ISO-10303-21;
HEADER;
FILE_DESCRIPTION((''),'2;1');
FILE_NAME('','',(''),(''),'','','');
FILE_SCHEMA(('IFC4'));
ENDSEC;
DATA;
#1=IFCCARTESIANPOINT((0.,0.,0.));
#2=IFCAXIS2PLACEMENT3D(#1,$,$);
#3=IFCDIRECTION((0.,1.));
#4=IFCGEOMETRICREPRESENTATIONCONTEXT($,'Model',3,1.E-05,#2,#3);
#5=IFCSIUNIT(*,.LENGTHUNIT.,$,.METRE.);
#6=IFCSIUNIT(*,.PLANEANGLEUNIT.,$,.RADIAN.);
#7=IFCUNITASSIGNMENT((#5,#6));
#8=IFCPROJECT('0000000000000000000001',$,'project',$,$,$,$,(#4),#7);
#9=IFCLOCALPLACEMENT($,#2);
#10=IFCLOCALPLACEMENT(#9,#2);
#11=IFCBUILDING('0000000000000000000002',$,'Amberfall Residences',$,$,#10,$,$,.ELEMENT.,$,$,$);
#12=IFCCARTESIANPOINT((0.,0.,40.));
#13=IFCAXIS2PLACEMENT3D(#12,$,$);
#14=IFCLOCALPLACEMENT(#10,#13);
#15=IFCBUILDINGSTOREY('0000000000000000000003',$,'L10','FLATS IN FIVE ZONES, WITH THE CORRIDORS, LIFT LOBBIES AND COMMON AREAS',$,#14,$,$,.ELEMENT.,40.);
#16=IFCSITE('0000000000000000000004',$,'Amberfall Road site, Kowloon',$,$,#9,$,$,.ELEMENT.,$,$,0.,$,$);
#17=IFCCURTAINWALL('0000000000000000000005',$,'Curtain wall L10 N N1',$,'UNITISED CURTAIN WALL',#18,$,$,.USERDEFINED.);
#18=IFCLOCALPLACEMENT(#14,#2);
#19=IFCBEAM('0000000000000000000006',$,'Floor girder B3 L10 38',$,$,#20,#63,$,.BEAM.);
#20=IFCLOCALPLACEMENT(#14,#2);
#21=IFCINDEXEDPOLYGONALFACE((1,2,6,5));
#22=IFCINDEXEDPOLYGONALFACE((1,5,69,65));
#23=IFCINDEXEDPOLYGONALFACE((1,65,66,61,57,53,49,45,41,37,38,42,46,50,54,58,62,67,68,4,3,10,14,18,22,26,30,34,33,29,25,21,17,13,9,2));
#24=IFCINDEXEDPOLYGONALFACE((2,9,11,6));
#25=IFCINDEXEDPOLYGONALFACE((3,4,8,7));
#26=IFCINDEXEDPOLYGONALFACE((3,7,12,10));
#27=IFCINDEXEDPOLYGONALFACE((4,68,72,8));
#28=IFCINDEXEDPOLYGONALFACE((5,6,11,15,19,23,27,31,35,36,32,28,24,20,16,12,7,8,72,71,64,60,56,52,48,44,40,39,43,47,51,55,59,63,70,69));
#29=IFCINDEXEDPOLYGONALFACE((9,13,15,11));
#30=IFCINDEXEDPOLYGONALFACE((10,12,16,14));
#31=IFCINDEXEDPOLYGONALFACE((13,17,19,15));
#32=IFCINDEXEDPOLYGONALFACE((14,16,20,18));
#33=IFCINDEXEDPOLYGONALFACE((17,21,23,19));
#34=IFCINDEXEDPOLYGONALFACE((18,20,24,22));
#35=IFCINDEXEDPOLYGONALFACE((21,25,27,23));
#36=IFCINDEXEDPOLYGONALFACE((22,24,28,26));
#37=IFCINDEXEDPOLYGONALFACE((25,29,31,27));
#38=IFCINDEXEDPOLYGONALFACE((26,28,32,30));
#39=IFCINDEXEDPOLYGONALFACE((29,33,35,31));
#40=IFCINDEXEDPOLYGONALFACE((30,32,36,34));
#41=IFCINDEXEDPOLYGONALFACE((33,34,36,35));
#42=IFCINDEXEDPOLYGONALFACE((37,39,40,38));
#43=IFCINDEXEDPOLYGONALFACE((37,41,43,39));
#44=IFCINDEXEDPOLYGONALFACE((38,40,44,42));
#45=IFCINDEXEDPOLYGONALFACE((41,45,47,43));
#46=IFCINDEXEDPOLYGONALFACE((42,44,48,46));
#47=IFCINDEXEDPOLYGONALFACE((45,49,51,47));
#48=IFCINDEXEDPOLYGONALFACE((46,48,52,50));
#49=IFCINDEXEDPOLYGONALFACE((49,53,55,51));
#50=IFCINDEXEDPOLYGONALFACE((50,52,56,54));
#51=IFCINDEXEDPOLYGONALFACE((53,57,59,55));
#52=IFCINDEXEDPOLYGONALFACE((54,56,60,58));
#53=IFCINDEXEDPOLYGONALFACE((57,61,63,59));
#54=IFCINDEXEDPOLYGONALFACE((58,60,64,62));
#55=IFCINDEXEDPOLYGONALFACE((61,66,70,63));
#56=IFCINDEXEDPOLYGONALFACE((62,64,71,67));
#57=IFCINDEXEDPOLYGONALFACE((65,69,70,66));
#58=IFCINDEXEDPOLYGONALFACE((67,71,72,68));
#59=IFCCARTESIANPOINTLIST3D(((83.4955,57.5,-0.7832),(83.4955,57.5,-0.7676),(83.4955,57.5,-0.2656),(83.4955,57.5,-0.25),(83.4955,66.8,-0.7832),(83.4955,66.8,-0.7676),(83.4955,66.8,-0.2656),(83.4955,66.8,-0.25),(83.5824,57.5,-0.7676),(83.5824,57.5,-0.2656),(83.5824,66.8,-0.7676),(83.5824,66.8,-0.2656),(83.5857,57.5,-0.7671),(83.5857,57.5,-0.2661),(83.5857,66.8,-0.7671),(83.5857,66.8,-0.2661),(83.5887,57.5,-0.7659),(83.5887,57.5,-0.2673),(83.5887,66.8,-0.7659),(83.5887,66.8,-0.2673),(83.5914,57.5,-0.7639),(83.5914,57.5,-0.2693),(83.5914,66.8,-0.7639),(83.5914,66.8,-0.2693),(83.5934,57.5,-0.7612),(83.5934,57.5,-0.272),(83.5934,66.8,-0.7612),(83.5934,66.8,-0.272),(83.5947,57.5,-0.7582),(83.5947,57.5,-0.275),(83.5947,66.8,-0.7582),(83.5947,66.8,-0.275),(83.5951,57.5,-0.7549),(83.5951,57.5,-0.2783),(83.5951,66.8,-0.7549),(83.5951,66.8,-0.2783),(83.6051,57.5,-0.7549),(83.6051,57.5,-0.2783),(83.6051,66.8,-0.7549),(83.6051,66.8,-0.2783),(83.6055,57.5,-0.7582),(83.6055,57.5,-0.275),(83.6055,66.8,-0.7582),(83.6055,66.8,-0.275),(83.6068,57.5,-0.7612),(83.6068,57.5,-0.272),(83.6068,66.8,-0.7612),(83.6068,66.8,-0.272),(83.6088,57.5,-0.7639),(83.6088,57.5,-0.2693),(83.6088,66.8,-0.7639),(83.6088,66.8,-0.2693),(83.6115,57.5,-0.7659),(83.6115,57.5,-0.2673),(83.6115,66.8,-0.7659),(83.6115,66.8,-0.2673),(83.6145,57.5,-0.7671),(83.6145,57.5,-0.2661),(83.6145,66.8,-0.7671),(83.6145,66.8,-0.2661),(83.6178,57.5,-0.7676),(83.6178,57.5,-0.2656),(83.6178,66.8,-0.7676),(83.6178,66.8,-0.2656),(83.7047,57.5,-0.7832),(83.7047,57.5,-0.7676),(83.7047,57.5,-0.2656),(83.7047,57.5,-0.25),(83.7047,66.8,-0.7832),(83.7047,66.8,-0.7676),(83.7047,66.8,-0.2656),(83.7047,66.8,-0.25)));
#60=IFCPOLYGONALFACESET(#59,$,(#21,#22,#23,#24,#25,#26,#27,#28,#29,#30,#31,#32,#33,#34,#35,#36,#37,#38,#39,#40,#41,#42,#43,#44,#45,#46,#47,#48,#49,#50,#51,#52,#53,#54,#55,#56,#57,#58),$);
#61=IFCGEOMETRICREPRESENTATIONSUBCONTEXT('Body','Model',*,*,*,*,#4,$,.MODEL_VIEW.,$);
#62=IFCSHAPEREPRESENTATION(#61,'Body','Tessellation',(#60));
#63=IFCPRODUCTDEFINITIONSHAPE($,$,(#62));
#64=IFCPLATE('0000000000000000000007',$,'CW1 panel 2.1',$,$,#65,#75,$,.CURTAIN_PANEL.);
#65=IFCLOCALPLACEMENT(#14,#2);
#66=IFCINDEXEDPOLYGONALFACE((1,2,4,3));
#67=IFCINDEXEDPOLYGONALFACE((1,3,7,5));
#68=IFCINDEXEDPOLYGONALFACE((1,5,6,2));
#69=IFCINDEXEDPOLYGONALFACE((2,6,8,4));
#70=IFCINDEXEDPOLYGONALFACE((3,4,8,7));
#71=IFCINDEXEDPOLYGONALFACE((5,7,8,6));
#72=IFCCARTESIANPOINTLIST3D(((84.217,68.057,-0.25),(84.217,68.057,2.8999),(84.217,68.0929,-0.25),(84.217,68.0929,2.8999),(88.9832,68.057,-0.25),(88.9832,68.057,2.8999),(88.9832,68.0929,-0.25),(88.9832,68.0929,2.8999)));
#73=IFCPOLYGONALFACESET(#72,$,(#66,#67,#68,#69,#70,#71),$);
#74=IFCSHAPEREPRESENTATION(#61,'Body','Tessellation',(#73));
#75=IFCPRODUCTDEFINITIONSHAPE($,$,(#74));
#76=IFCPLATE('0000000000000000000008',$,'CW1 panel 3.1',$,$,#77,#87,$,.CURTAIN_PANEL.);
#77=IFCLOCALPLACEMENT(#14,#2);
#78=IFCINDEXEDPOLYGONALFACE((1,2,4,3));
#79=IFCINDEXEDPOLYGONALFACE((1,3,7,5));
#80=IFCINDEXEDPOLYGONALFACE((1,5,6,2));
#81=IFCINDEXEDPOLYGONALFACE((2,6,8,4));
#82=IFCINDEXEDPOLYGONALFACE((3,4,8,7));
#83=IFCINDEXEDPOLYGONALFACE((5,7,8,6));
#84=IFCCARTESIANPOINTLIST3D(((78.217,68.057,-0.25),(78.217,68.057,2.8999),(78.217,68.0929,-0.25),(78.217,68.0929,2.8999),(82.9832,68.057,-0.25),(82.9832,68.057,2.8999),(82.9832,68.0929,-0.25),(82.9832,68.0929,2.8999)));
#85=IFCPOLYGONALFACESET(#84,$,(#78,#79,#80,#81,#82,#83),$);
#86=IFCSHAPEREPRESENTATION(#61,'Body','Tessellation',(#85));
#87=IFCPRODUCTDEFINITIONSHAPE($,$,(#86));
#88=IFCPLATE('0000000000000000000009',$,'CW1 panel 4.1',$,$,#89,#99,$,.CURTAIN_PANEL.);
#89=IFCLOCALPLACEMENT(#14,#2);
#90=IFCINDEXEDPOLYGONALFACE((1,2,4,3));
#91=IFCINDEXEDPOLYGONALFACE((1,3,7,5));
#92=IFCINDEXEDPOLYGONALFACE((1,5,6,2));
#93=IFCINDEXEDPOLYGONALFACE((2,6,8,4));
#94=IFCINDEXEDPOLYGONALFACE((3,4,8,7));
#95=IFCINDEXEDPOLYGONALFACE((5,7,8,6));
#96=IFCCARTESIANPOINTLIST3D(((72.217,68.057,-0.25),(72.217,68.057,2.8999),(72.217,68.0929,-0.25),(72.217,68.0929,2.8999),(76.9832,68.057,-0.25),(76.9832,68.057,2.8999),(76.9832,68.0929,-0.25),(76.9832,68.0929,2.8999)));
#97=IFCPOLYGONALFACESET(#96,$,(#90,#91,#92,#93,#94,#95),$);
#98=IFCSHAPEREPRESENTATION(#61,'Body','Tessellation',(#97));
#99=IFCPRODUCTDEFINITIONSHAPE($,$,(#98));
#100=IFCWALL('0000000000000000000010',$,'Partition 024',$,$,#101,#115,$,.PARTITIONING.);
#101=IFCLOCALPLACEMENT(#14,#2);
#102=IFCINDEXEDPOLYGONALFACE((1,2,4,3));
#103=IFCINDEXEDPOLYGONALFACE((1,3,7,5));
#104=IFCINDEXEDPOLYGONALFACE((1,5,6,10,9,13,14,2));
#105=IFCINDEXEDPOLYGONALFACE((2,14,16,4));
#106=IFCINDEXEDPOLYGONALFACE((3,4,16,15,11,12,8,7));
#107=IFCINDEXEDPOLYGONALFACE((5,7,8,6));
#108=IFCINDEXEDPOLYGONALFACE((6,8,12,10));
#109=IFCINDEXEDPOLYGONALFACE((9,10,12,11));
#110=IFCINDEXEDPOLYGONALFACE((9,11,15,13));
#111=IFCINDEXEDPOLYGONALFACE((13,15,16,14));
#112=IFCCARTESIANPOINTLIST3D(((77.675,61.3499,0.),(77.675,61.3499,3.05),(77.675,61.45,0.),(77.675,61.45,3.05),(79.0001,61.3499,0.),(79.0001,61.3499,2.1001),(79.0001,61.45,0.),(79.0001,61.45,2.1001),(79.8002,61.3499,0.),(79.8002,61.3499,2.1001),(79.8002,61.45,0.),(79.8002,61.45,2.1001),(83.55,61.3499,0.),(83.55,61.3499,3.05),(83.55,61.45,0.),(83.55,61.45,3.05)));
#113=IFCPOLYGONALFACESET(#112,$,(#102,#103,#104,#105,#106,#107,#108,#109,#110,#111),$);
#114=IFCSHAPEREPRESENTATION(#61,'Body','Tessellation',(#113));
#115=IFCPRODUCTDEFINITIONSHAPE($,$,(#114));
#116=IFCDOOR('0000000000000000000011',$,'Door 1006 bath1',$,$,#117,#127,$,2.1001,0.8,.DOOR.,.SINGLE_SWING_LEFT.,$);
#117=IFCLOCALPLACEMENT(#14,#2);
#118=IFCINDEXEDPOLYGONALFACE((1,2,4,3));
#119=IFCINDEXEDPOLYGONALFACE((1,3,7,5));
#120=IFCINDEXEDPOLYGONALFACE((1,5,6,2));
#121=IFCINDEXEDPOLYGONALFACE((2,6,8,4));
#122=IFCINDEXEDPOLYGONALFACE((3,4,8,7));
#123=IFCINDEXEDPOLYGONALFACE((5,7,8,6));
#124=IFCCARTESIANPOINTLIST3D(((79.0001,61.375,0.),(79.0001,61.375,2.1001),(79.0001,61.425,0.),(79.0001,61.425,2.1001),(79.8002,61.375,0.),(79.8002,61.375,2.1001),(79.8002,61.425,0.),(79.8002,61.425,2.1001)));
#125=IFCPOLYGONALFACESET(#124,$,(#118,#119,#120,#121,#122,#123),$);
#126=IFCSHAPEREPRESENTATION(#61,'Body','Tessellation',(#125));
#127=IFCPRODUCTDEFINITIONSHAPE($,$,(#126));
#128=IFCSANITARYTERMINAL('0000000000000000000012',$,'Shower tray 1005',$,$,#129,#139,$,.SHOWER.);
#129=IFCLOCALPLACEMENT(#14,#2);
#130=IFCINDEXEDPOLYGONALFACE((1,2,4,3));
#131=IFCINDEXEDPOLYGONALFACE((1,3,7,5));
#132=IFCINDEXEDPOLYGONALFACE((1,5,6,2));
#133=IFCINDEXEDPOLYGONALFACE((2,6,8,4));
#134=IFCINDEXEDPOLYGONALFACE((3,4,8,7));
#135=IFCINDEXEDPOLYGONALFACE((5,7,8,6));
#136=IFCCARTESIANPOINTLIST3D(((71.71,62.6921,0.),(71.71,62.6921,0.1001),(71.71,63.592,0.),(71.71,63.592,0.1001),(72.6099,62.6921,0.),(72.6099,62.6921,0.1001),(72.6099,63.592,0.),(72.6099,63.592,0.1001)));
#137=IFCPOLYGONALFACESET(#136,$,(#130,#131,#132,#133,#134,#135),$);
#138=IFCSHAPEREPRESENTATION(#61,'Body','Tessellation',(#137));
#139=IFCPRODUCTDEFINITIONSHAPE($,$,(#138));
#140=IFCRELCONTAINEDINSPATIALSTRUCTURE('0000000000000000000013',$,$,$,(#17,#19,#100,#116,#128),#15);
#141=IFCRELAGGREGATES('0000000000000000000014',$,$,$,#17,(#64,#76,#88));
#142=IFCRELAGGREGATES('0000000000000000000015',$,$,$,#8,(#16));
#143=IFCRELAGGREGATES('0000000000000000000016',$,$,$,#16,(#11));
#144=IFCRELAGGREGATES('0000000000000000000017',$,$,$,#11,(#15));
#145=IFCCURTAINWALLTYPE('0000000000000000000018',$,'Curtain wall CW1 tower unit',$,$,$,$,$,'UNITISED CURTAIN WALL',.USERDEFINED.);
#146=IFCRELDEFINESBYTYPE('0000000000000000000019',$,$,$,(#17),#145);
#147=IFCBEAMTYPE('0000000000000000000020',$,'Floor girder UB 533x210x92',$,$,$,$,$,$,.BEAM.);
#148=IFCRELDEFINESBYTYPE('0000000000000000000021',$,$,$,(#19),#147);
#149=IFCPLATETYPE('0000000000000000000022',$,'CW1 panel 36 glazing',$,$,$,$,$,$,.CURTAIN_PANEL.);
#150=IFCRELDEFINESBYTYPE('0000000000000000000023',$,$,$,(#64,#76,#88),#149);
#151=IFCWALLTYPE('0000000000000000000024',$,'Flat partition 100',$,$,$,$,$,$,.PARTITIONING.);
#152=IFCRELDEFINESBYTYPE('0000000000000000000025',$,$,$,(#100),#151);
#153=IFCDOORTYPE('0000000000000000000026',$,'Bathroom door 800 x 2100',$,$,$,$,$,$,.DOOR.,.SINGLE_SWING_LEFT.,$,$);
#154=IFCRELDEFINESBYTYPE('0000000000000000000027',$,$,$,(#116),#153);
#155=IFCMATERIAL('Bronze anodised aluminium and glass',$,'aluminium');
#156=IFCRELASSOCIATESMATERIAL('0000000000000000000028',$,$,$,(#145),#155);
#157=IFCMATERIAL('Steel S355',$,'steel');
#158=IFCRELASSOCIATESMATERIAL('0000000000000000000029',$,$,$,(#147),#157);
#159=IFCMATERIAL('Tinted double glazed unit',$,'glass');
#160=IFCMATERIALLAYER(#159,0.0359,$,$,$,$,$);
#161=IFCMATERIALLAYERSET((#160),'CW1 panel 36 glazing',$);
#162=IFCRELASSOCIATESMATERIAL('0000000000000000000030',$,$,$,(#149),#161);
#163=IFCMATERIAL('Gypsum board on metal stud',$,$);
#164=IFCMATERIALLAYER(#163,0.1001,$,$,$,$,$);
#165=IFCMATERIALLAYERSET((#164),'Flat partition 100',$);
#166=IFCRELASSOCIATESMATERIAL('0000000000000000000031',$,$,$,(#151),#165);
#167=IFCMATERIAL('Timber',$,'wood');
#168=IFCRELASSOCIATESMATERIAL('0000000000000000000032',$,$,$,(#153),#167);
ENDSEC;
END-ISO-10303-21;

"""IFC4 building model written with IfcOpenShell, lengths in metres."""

from ifc_helpers import new_model, si_unit, direction, frame, frame_2d, origin, origin_2d, place, context, subcontext, project, spatial, rectangle, i_section, extrude, material, layer, layer_set, material_profile, profile_set, type_object, element, fill, aggregate, save


model = new_model("IFC4")

# Units and contexts
model_context = context("Model", 3, precision=1e-05, world=origin(), true_north=direction((0.0, 1.0)))
body_context = subcontext(model_context, "Body", "Model", "MODEL_VIEW")
ifc_project = project(units=[si_unit("LENGTHUNIT", "METRE"), si_unit("PLANEANGLEUNIT", "RADIAN")], contexts=[model_context])

# Site, building, storey
site_placement = place(None, origin())
site = spatial("IfcSite", under=ifc_project, at=site_placement, Name="Amberfall Road site, Kowloon", CompositionType="ELEMENT", RefElevation=0.0)
building_placement = place(site_placement, origin())
building = spatial("IfcBuilding", under=site, at=building_placement, Name="Amberfall Residences", CompositionType="ELEMENT")
storey_placement = place(building_placement, frame((0.0, 0.0, 40.0)))
storey = spatial("IfcBuildingStorey", under=building, at=storey_placement, Name="L10", Description="FLATS IN FIVE ZONES, WITH THE CORRIDORS, LIFT LOBBIES AND COMMON AREAS", CompositionType="ELEMENT", Elevation=40.0)

# Curtain wall
ifc_material_1 = material(Name="Bronze anodised aluminium and glass", Category="aluminium")
curtain_wall_type = type_object("IfcCurtainWallType", Name="Curtain wall CW1 tower unit", ElementType="UNITISED CURTAIN WALL", PredefinedType="USERDEFINED", material=ifc_material_1)
curtain_wall_placement = place(storey_placement, origin())
curtain_wall = element("IfcCurtainWall", 1, at=curtain_wall_placement, inside=storey, type_object=curtain_wall_type, Name="Curtain wall L10 N N1", ObjectType="UNITISED CURTAIN WALL", PredefinedType="USERDEFINED")

# Shared definitions
ifc_material_2 = material(Name="Steel S355", Category="steel")

# Beam
ifc_material_profile_1 = material_profile(ifc_material_2, i_section(OverallWidth=0.2092, OverallDepth=0.5332, WebThickness=0.01, FlangeThickness=0.0156, FilletRadius=0.0127, at=origin_2d()), Name="UB 533x210x92")
ifc_profile_set_1 = profile_set([ifc_material_profile_1], Name="Steel S355")
beam_type_1 = type_object("IfcBeamType", Name="Floor girder UB 533x210x92", PredefinedType="BEAM", material=ifc_profile_set_1)
for number, where, z_axis, x_axis, name in (
    (2, (83.6001, 66.8, -0.5166), (0.0, -1.0, 0.0), (1.0, 0.0, 0.0), "Floor girder B3 L10 38"),
):
    element("IfcBeam", number, at=place(storey_placement, frame(where, z_axis=z_axis, x_axis=x_axis)), inside=storey, type_object=beam_type_1, Name=name, PredefinedType="BEAM", context=body_context, shape_type="SweptSolid", body=[
        extrude(i_section(OverallWidth=0.2092, OverallDepth=0.5332, WebThickness=0.01, FlangeThickness=0.0156, FilletRadius=0.0127, at=origin_2d()), origin(), (0.0, 0.0, 1.0), 9.3),
    ])

# Plates
ifc_material_3 = material(Name="Tinted double glazed unit", Category="glass")
ifc_layer_1 = layer(ifc_material_3, 0.0359)
ifc_layer_set_1 = layer_set([ifc_layer_1], Name="CW1 panel 36 glazing")
plate_type = type_object("IfcPlateType", Name="CW1 panel 36 glazing", PredefinedType="CURTAIN_PANEL", material=ifc_layer_set_1)
plate_1_placement = place(storey_placement, frame((86.6001, 68.075, -0.25), z_axis=(0.0, 0.0, 1.0), x_axis=(-1.0, 0.0, 0.0)))
plate_1 = element("IfcPlate", 3, at=plate_1_placement, type_object=plate_type, Name="CW1 panel 2.1", PredefinedType="CURTAIN_PANEL", context=body_context, shape_type="SweptSolid", body=[
    extrude(rectangle(XDim=4.7661, YDim=0.0359, at=origin_2d()), origin(), (0.0, 0.0, 1.0), 3.1499),
])
plate_2_placement = place(storey_placement, frame((80.6001, 68.075, -0.25), z_axis=(0.0, 0.0, 1.0), x_axis=(-1.0, 0.0, 0.0)))
plate_2 = element("IfcPlate", 4, at=plate_2_placement, type_object=plate_type, Name="CW1 panel 3.1", PredefinedType="CURTAIN_PANEL", context=body_context, shape_type="SweptSolid", body=[
    extrude(rectangle(XDim=4.7661, YDim=0.0359, at=origin_2d()), origin(), (0.0, 0.0, 1.0), 3.1499),
])
plate_3_placement = place(storey_placement, frame((74.6001, 68.075, -0.25), z_axis=(0.0, 0.0, 1.0), x_axis=(-1.0, 0.0, 0.0)))
plate_3 = element("IfcPlate", 5, at=plate_3_placement, type_object=plate_type, Name="CW1 panel 4.1", PredefinedType="CURTAIN_PANEL", context=body_context, shape_type="SweptSolid", body=[
    extrude(rectangle(XDim=4.7661, YDim=0.0359, at=origin_2d()), origin(), (0.0, 0.0, 1.0), 3.1499),
])
aggregate(curtain_wall, [plate_1, plate_2, plate_3])

# Wall, opening, door
ifc_material_4 = material(Name="Gypsum board on metal stud")
ifc_layer_2 = layer(ifc_material_4, 0.1001)
ifc_layer_set_2 = layer_set([ifc_layer_2], Name="Flat partition 100")
wall_type = type_object("IfcWallType", Name="Flat partition 100", PredefinedType="PARTITIONING", material=ifc_layer_set_2)
wall_placement = place(storey_placement, frame((83.55, 61.3999, 0.0), z_axis=(0.0, 0.0, 1.0), x_axis=(-1.0, 0.0, 0.0)))
wall = element("IfcWall", 6, at=wall_placement, inside=storey, type_object=wall_type, Name="Partition 024", PredefinedType="PARTITIONING", context=body_context, shape_type="SweptSolid", body=[
    extrude(rectangle(XDim=5.875, YDim=0.1001, at=frame_2d((2.9375, 0.0))), origin(), (0.0, 0.0, 1.0), 3.05),
])
opening_placement = place(wall_placement, frame((3.75, 0.0, 0.0)))
opening = element("IfcOpeningElement", 7, at=opening_placement, cuts=wall, PredefinedType="OPENING", context=body_context, shape_type="SweptSolid", body=[
    extrude(rectangle(XDim=0.8, YDim=2.1001, at=frame_2d((0.3999, 1.05))), frame((0.0, 0.0601, 0.0), z_axis=(0.0, -1.0, 0.0), x_axis=(1.0, 0.0, 0.0)), (0.0, 0.0, 1.0), 0.1201),
])
ifc_material_5 = material(Name="Timber", Category="wood")
door_type = type_object("IfcDoorType", Name="Bathroom door 800 x 2100", OperationType="SINGLE_SWING_LEFT", PredefinedType="DOOR", material=ifc_material_5)
door_placement = place(opening_placement, origin())
door = element("IfcDoor", 8, at=door_placement, inside=storey, type_object=door_type, Name="Door 1006 bath1", OperationType="SINGLE_SWING_LEFT", OverallHeight=2.1001, OverallWidth=0.8, PredefinedType="DOOR", context=body_context, shape_type="SweptSolid", body=[
    extrude(rectangle(XDim=0.8, YDim=2.1001, at=frame_2d((0.3999, 1.05))), frame((0.0, 0.0249, 0.0), z_axis=(0.0, -1.0, 0.0), x_axis=(1.0, 0.0, 0.0)), (0.0, 0.0, 1.0), 0.05),
])
fill(opening, door)

# Sanitary terminal
sanitary_terminal_placement = place(storey_placement, frame((72.1599, 63.1421, 0.0), z_axis=(0.0, 0.0, 1.0), x_axis=(1.0, 0.0, 0.0)))
element("IfcSanitaryTerminal", 9, at=sanitary_terminal_placement, inside=storey, Name="Shower tray 1005", PredefinedType="SHOWER", context=body_context, shape_type="SweptSolid", body=[
    extrude(rectangle(XDim=0.8999, YDim=0.8999, at=origin_2d()), origin(), (0.0, 0.0, 1.0), 0.1001),
])

save(model, "model.ifc")
